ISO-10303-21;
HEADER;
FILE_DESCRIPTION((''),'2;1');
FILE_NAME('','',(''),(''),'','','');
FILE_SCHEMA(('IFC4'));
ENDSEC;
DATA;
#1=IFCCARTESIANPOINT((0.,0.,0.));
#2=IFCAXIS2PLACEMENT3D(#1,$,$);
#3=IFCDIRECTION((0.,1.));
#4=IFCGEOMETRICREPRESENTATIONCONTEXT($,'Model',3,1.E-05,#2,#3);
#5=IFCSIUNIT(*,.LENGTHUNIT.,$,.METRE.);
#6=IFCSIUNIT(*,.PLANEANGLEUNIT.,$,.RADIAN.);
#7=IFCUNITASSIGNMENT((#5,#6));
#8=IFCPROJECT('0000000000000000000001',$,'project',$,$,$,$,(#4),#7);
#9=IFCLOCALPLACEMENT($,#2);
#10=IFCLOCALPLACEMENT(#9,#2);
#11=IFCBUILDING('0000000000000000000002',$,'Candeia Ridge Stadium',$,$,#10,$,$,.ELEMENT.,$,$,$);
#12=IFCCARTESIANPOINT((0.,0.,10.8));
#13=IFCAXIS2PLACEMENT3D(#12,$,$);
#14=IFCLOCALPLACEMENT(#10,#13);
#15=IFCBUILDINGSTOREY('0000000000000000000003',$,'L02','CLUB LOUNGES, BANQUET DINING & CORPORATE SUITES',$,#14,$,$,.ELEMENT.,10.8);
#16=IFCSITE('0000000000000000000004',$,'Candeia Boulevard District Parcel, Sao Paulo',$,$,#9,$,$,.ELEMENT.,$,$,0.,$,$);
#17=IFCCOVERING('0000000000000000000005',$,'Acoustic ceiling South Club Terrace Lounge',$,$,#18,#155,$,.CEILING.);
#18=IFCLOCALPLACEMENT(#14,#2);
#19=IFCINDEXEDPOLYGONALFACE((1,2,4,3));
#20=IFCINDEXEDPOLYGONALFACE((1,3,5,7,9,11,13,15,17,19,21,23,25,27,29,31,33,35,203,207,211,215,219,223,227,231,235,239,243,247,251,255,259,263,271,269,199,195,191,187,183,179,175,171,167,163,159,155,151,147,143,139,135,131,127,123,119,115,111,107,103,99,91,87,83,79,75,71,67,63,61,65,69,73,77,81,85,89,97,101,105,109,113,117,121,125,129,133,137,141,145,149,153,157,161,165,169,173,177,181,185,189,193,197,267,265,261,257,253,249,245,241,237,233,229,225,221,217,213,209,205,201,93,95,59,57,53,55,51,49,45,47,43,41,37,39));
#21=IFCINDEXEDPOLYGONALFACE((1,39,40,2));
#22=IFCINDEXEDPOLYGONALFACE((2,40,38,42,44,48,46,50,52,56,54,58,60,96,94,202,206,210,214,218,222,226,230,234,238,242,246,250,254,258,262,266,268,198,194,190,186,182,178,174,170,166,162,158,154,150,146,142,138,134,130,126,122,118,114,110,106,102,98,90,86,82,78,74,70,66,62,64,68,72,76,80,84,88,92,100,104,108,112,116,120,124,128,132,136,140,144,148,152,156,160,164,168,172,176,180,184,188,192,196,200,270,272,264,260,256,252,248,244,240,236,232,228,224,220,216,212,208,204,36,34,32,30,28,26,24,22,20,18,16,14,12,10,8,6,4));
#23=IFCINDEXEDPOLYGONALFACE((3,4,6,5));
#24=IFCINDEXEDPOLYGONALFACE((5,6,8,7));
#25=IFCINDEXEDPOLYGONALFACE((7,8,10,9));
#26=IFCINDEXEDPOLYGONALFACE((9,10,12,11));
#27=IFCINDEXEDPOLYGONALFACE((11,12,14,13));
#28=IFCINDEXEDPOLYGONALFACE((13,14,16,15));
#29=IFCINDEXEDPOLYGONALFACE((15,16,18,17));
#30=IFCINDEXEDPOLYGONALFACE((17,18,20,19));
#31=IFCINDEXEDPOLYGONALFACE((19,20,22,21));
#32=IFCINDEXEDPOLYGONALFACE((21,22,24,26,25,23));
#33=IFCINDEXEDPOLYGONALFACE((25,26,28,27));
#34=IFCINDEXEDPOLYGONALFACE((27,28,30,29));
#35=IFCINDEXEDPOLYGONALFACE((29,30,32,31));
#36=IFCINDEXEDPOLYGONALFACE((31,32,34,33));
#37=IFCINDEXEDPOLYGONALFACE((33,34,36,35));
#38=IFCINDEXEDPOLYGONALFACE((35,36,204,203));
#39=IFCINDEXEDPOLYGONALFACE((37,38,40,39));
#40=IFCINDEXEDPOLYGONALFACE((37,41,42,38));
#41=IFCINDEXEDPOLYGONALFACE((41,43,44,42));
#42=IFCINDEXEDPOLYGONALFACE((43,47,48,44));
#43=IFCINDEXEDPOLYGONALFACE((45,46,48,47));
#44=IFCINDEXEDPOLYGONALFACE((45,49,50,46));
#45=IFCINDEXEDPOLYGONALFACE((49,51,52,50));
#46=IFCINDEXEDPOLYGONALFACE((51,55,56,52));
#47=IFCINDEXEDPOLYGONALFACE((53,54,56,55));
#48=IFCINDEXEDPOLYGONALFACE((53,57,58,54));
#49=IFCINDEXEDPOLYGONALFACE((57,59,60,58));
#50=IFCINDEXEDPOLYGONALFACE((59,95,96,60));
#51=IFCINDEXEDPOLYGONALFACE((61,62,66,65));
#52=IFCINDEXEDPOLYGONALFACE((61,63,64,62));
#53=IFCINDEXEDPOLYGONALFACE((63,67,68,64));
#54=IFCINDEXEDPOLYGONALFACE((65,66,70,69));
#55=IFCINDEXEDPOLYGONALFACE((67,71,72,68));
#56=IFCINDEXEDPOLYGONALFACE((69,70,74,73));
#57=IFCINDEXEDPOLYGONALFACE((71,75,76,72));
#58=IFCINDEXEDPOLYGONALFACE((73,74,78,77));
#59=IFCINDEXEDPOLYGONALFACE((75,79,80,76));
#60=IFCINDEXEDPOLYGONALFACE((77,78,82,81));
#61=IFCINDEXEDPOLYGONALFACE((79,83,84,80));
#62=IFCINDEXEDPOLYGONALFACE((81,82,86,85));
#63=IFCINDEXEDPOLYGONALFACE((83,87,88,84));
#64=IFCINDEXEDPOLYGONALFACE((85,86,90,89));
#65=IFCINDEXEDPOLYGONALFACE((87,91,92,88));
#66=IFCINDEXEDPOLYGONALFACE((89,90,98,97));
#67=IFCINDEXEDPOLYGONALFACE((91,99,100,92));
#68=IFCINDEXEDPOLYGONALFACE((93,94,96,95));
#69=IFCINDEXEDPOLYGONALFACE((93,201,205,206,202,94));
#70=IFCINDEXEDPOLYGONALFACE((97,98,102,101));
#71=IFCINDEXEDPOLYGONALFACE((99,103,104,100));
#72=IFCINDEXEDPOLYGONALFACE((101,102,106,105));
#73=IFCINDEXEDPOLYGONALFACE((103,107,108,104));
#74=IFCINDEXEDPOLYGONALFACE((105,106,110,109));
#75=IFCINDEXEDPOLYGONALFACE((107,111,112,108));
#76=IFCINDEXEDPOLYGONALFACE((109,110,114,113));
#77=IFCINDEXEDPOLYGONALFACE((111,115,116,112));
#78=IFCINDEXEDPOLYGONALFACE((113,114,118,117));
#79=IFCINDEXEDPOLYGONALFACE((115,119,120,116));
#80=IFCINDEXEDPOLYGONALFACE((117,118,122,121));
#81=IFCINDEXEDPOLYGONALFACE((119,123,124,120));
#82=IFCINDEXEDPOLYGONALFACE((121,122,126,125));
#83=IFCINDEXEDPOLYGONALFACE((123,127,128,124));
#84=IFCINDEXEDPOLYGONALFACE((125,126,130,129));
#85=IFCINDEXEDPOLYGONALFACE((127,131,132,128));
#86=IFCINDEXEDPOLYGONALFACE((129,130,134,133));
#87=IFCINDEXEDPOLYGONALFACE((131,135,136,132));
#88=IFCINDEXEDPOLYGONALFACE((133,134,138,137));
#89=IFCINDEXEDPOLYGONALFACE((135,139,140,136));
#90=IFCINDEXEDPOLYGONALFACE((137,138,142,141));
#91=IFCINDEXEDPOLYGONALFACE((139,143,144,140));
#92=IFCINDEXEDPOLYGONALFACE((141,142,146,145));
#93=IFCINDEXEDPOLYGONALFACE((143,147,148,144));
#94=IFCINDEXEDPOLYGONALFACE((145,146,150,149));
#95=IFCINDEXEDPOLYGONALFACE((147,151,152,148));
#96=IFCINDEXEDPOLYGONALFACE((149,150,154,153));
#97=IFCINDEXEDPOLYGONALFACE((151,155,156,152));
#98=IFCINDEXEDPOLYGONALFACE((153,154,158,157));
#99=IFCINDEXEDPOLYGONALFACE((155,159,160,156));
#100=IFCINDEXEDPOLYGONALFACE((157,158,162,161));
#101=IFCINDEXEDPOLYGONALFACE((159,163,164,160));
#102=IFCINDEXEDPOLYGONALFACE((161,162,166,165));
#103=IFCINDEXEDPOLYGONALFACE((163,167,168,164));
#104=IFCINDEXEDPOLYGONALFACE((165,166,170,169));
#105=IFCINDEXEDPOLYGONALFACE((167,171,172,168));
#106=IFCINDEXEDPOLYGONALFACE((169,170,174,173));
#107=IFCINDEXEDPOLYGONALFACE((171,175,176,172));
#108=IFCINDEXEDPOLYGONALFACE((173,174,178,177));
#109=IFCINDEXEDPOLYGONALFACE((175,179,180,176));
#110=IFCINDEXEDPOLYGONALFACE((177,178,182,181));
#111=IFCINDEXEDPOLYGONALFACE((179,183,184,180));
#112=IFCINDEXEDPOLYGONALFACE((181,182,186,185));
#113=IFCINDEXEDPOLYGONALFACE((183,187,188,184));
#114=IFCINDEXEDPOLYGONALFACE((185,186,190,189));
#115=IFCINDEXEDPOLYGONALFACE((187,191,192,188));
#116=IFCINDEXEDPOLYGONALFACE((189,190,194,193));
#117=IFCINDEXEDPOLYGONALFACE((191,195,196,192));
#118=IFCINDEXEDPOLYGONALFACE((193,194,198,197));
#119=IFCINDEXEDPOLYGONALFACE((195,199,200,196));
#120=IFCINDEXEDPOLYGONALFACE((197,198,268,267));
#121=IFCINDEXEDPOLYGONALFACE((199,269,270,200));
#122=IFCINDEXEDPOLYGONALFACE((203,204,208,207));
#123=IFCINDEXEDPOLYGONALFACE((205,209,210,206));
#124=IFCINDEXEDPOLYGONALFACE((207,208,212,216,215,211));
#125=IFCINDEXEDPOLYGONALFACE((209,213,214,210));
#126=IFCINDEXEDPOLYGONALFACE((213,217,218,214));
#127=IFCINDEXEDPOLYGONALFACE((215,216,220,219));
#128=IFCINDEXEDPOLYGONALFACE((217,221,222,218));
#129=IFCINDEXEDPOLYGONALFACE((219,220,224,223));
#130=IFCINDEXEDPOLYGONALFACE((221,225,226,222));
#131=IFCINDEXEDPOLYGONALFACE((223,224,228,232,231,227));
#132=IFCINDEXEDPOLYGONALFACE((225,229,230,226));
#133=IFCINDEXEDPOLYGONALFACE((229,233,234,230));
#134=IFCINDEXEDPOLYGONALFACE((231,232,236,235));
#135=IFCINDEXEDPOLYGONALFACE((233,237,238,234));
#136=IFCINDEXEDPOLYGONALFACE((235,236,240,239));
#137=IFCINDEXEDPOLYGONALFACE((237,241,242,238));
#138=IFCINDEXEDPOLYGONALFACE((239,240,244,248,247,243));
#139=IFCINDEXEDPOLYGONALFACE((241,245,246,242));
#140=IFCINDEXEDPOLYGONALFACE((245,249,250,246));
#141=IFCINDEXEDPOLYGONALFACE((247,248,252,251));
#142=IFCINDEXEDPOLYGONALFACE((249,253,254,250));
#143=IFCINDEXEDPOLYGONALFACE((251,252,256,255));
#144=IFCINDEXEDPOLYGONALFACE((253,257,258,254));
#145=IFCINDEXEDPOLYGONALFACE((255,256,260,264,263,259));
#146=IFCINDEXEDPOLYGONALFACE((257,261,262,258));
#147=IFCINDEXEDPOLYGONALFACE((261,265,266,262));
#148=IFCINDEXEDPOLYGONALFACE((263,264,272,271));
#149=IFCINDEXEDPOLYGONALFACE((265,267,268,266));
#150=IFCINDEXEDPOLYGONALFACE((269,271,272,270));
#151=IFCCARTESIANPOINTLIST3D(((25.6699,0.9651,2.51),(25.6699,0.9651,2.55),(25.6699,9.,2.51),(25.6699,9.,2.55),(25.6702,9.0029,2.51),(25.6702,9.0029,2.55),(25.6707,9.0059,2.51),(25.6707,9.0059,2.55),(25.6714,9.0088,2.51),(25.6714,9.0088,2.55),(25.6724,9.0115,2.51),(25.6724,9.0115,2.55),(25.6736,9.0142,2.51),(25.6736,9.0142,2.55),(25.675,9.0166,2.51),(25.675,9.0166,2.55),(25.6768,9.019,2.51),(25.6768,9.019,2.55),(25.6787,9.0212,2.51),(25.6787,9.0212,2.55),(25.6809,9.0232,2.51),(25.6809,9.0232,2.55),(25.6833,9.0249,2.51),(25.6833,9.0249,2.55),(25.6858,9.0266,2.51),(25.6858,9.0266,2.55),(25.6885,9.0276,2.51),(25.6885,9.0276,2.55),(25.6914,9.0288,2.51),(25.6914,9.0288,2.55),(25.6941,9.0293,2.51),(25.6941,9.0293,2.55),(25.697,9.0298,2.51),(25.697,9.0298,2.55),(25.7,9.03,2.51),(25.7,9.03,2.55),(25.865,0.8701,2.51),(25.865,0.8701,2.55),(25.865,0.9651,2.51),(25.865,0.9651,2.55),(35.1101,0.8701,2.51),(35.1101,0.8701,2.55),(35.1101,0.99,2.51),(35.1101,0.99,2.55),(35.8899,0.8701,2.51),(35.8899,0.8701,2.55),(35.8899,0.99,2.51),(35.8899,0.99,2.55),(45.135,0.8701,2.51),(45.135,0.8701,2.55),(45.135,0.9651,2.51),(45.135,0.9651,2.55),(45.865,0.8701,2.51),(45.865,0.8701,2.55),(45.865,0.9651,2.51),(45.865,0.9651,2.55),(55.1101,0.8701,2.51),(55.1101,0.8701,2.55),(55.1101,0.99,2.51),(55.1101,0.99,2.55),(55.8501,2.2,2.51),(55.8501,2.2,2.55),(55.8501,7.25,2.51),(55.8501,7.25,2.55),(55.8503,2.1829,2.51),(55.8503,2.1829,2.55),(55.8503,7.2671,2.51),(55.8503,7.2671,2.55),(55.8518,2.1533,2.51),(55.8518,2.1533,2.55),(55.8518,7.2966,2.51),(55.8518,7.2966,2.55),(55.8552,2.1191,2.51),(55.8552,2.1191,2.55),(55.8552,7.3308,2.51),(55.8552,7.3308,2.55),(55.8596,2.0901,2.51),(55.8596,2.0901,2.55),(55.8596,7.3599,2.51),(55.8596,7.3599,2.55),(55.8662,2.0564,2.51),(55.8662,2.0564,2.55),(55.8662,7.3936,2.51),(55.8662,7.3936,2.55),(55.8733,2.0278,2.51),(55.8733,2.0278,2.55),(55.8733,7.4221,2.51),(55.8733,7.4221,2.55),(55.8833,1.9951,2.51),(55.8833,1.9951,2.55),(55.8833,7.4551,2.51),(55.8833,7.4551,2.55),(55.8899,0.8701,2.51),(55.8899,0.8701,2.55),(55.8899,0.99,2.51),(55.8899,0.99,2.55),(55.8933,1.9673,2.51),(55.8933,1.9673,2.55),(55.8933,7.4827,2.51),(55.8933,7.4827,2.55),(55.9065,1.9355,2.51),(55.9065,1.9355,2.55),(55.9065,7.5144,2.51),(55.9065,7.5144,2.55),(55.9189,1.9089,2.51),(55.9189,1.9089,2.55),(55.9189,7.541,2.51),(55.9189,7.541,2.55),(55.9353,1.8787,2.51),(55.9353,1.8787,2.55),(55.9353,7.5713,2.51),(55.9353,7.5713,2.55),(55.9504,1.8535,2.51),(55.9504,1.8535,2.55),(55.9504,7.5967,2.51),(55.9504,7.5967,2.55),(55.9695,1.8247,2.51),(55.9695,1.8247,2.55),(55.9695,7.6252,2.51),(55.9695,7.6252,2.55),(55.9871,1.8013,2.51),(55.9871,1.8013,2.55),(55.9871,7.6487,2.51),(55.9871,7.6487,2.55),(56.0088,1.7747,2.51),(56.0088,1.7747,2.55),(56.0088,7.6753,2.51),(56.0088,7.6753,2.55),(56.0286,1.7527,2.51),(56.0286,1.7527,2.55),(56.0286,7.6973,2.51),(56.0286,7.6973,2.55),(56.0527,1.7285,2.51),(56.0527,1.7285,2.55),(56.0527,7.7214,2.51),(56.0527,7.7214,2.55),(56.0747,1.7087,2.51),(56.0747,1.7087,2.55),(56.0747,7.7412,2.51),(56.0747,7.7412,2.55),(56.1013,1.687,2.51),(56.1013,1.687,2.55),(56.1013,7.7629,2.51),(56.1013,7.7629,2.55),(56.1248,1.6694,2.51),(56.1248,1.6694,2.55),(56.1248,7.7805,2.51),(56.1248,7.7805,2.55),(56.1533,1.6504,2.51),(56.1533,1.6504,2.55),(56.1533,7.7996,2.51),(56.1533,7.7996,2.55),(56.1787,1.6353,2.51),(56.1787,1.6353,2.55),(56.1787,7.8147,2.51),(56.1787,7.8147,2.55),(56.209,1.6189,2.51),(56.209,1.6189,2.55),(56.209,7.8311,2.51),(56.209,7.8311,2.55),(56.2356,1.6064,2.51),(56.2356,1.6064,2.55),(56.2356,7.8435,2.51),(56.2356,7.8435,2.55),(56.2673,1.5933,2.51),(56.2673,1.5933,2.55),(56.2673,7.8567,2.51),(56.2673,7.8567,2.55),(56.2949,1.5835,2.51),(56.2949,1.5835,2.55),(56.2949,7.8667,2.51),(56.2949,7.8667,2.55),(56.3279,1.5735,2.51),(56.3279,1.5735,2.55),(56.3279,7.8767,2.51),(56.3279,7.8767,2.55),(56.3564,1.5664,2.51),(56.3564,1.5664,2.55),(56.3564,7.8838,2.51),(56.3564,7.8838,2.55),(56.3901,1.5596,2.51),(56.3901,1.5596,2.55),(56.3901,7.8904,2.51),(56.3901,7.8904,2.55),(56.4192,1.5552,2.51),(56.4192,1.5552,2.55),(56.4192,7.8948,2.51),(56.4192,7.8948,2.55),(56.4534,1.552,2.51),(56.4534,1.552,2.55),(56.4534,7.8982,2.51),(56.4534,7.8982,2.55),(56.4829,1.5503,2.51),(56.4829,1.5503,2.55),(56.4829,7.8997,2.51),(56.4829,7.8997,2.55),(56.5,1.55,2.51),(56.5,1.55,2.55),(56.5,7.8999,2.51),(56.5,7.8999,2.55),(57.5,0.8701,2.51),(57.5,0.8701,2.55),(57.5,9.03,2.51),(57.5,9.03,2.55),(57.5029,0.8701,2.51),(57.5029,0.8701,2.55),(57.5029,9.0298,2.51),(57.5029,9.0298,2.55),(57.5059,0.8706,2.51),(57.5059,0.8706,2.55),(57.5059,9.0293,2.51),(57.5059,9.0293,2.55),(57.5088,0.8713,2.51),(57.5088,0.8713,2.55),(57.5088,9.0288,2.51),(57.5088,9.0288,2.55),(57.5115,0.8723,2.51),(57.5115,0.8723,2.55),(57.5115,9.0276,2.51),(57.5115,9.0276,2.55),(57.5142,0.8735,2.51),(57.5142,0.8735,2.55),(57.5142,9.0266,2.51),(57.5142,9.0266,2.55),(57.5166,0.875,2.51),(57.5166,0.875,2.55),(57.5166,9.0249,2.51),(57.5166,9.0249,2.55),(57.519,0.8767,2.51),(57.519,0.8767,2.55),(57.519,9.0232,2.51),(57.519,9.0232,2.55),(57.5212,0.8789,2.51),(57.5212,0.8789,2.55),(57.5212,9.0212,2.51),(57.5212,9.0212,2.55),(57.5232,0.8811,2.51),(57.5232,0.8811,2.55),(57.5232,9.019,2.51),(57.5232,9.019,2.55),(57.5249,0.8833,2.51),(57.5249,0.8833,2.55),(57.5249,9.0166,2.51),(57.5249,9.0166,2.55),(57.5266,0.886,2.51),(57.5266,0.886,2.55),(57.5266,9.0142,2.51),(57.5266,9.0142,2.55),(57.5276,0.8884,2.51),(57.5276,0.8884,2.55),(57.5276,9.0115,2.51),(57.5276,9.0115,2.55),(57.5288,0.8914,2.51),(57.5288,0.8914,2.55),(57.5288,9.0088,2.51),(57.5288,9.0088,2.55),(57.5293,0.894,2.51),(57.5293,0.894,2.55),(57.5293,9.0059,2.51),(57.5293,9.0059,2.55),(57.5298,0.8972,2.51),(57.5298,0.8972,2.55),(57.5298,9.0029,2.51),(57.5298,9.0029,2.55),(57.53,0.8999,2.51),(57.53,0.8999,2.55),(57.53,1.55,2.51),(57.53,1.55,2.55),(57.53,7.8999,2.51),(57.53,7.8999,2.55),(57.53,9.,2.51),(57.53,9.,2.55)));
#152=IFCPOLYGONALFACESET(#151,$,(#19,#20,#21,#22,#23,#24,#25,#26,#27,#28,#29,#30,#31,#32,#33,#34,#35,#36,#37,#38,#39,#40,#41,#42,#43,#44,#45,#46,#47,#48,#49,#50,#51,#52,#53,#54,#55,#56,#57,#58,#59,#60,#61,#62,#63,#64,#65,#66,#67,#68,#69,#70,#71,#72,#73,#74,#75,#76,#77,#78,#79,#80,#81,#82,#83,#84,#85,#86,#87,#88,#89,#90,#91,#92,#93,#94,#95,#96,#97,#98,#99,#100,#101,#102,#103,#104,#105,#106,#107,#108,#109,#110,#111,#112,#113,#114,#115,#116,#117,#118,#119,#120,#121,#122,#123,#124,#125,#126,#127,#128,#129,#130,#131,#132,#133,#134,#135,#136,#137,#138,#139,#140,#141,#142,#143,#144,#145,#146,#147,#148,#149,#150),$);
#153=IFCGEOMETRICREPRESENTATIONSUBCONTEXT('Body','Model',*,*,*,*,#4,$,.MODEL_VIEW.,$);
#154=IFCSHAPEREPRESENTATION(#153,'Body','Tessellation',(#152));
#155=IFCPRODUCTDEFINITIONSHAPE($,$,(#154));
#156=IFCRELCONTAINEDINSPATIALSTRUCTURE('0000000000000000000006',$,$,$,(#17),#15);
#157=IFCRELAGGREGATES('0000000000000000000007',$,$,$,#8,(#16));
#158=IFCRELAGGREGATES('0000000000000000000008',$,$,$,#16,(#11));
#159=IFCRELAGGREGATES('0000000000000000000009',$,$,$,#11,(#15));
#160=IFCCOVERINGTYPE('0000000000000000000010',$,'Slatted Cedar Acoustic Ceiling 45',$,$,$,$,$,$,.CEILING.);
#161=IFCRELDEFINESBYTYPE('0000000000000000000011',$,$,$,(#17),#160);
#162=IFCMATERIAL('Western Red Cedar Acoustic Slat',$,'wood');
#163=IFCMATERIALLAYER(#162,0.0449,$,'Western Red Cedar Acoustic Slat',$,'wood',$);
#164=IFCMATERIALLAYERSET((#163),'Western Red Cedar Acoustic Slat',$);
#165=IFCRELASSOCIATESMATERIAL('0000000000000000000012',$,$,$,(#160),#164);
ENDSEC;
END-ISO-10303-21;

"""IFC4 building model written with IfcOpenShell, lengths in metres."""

from ifc_helpers import new_model, si_unit, direction, frame, origin, place, context, subcontext, project, spatial, polyline, outline, extrude, material, layer, layer_set, type_object, element, save


model = new_model("IFC4")

# Units and contexts
model_context = context("Model", 3, precision=1e-05, world=origin(), true_north=direction((0.0, 1.0)))
body_context = subcontext(model_context, "Body", "Model", "MODEL_VIEW")
ifc_project = project(units=[si_unit("LENGTHUNIT", "METRE"), si_unit("PLANEANGLEUNIT", "RADIAN")], contexts=[model_context])

# Site, building, storey
site_placement = place(None, origin())
site = spatial("IfcSite", under=ifc_project, at=site_placement, Name="Candeia Boulevard District Parcel, Sao Paulo", CompositionType="ELEMENT", RefElevation=0.0)
building_placement = place(site_placement, origin())
building = spatial("IfcBuilding", under=site, at=building_placement, Name="Candeia Ridge Stadium", CompositionType="ELEMENT")
storey_placement = place(building_placement, frame((0.0, 0.0, 10.8)))
storey = spatial("IfcBuildingStorey", under=building, at=storey_placement, Name="L02", Description="CLUB LOUNGES, BANQUET DINING & CORPORATE SUITES", CompositionType="ELEMENT", Elevation=10.8)

# Covering
ifc_material_1 = material(Name="Western Red Cedar Acoustic Slat", Category="wood")
ifc_layer_1 = layer(ifc_material_1, 0.0449, Name="Western Red Cedar Acoustic Slat", Category="wood")
ifc_layer_set_1 = layer_set([ifc_layer_1], Name="Western Red Cedar Acoustic Slat")
covering_type_1 = type_object("IfcCoveringType", Name="Slatted Cedar Acoustic Ceiling 45", PredefinedType="CEILING", material=ifc_layer_set_1)
covering_1_placement = place(storey_placement, frame((0.0, 0.0, 2.51)))
element("IfcCovering", 1, at=covering_1_placement, inside=storey, type_object=covering_type_1, Name="Acoustic ceiling South Club Terrace Lounge", PredefinedType="CEILING", context=body_context, shape_type="SweptSolid", body=[
    extrude(outline(polyline([(57.5293, 0.894), (57.5288, 0.8914), (57.5276, 0.8884), (57.5266, 0.886), (57.5249, 0.8833), (57.5232, 0.8811), (57.5212, 0.8789), (57.519, 0.8767), (57.5166, 0.875), (57.5142, 0.8735), (57.5115, 0.8723), (57.5088, 0.8713), (57.5059, 0.8706), (57.5029, 0.8701), (57.5, 0.8701), (55.8899, 0.8701), (55.8899, 0.99), (55.1101, 0.99), (55.1101, 0.8701), (45.865, 0.8701), (45.865, 0.9651), (45.135, 0.9651), (45.135, 0.8701), (35.8899, 0.8701), (35.8899, 0.99), (35.1101, 0.99), (35.1101, 0.8701), (25.865, 0.8701), (25.865, 0.9651), (25.6699, 0.9651), (25.6699, 9.0), (25.6702, 9.0029), (25.6707, 9.0059), (25.6714, 9.0088), (25.6724, 9.0115), (25.6736, 9.0142), (25.675, 9.0166), (25.6768, 9.019), (25.6787, 9.0212), (25.6809, 9.0232), (25.6833, 9.0249), (25.6858, 9.0266), (25.6885, 9.0276), (25.6914, 9.0288), (25.6941, 9.0293), (25.697, 9.0298), (25.7, 9.03), (57.5, 9.03), (57.5029, 9.0298), (57.5059, 9.0293), (57.5088, 9.0288), (57.5115, 9.0276), (57.5142, 9.0266), (57.5166, 9.0249), (57.519, 9.0232), (57.5212, 9.0212), (57.5232, 9.019), (57.5249, 9.0166), (57.5266, 9.0142), (57.5276, 9.0115), (57.5288, 9.0088), (57.5293, 9.0059), (57.5298, 9.0029), (57.53, 9.0), (57.53, 7.8999), (56.5, 7.8999), (56.4829, 7.8997), (56.4534, 7.8982), (56.4192, 7.8948), (56.3901, 7.8904), (56.3564, 7.8838), (56.3279, 7.8767), (56.2949, 7.8667), (56.2673, 7.8567), (56.2356, 7.8435), (56.209, 7.8311), (56.1787, 7.8147), (56.1533, 7.7996), (56.1248, 7.7805), (56.1013, 7.7629), (56.0747, 7.7412), (56.0527, 7.7214), (56.0286, 7.6973), (56.0088, 7.6753), (55.9871, 7.6487), (55.9695, 7.6252), (55.9504, 7.5967), (55.9353, 7.5713), (55.9189, 7.541), (55.9065, 7.5144), (55.8933, 7.4827), (55.8833, 7.4551), (55.8733, 7.4221), (55.8662, 7.3936), (55.8596, 7.3599), (55.8552, 7.3308), (55.8518, 7.2966), (55.8503, 7.2671), (55.8501, 7.25), (55.8501, 2.2), (55.8503, 2.1829), (55.8518, 2.1533), (55.8552, 2.1191), (55.8596, 2.0901), (55.8662, 2.0564), (55.8733, 2.0278), (55.8833, 1.9951), (55.8933, 1.9673), (55.9065, 1.9355), (55.9189, 1.9089), (55.9353, 1.8787), (55.9504, 1.8535), (55.9695, 1.8247), (55.9871, 1.8013), (56.0088, 1.7747), (56.0286, 1.7527), (56.0527, 1.7285), (56.0747, 1.7087), (56.1013, 1.687), (56.1248, 1.6694), (56.1533, 1.6504), (56.1787, 1.6353), (56.209, 1.6189), (56.2356, 1.6064), (56.2673, 1.5933), (56.2949, 1.5835), (56.3279, 1.5735), (56.3564, 1.5664), (56.3901, 1.5596), (56.4192, 1.5552), (56.4534, 1.552), (56.4829, 1.5503), (56.5, 1.55), (57.53, 1.55), (57.53, 0.8999), (57.5298, 0.8972), (57.5293, 0.894)])), origin(), (0.0, 0.0, 1.0), 0.04),
])

save(model, "model.ifc")
